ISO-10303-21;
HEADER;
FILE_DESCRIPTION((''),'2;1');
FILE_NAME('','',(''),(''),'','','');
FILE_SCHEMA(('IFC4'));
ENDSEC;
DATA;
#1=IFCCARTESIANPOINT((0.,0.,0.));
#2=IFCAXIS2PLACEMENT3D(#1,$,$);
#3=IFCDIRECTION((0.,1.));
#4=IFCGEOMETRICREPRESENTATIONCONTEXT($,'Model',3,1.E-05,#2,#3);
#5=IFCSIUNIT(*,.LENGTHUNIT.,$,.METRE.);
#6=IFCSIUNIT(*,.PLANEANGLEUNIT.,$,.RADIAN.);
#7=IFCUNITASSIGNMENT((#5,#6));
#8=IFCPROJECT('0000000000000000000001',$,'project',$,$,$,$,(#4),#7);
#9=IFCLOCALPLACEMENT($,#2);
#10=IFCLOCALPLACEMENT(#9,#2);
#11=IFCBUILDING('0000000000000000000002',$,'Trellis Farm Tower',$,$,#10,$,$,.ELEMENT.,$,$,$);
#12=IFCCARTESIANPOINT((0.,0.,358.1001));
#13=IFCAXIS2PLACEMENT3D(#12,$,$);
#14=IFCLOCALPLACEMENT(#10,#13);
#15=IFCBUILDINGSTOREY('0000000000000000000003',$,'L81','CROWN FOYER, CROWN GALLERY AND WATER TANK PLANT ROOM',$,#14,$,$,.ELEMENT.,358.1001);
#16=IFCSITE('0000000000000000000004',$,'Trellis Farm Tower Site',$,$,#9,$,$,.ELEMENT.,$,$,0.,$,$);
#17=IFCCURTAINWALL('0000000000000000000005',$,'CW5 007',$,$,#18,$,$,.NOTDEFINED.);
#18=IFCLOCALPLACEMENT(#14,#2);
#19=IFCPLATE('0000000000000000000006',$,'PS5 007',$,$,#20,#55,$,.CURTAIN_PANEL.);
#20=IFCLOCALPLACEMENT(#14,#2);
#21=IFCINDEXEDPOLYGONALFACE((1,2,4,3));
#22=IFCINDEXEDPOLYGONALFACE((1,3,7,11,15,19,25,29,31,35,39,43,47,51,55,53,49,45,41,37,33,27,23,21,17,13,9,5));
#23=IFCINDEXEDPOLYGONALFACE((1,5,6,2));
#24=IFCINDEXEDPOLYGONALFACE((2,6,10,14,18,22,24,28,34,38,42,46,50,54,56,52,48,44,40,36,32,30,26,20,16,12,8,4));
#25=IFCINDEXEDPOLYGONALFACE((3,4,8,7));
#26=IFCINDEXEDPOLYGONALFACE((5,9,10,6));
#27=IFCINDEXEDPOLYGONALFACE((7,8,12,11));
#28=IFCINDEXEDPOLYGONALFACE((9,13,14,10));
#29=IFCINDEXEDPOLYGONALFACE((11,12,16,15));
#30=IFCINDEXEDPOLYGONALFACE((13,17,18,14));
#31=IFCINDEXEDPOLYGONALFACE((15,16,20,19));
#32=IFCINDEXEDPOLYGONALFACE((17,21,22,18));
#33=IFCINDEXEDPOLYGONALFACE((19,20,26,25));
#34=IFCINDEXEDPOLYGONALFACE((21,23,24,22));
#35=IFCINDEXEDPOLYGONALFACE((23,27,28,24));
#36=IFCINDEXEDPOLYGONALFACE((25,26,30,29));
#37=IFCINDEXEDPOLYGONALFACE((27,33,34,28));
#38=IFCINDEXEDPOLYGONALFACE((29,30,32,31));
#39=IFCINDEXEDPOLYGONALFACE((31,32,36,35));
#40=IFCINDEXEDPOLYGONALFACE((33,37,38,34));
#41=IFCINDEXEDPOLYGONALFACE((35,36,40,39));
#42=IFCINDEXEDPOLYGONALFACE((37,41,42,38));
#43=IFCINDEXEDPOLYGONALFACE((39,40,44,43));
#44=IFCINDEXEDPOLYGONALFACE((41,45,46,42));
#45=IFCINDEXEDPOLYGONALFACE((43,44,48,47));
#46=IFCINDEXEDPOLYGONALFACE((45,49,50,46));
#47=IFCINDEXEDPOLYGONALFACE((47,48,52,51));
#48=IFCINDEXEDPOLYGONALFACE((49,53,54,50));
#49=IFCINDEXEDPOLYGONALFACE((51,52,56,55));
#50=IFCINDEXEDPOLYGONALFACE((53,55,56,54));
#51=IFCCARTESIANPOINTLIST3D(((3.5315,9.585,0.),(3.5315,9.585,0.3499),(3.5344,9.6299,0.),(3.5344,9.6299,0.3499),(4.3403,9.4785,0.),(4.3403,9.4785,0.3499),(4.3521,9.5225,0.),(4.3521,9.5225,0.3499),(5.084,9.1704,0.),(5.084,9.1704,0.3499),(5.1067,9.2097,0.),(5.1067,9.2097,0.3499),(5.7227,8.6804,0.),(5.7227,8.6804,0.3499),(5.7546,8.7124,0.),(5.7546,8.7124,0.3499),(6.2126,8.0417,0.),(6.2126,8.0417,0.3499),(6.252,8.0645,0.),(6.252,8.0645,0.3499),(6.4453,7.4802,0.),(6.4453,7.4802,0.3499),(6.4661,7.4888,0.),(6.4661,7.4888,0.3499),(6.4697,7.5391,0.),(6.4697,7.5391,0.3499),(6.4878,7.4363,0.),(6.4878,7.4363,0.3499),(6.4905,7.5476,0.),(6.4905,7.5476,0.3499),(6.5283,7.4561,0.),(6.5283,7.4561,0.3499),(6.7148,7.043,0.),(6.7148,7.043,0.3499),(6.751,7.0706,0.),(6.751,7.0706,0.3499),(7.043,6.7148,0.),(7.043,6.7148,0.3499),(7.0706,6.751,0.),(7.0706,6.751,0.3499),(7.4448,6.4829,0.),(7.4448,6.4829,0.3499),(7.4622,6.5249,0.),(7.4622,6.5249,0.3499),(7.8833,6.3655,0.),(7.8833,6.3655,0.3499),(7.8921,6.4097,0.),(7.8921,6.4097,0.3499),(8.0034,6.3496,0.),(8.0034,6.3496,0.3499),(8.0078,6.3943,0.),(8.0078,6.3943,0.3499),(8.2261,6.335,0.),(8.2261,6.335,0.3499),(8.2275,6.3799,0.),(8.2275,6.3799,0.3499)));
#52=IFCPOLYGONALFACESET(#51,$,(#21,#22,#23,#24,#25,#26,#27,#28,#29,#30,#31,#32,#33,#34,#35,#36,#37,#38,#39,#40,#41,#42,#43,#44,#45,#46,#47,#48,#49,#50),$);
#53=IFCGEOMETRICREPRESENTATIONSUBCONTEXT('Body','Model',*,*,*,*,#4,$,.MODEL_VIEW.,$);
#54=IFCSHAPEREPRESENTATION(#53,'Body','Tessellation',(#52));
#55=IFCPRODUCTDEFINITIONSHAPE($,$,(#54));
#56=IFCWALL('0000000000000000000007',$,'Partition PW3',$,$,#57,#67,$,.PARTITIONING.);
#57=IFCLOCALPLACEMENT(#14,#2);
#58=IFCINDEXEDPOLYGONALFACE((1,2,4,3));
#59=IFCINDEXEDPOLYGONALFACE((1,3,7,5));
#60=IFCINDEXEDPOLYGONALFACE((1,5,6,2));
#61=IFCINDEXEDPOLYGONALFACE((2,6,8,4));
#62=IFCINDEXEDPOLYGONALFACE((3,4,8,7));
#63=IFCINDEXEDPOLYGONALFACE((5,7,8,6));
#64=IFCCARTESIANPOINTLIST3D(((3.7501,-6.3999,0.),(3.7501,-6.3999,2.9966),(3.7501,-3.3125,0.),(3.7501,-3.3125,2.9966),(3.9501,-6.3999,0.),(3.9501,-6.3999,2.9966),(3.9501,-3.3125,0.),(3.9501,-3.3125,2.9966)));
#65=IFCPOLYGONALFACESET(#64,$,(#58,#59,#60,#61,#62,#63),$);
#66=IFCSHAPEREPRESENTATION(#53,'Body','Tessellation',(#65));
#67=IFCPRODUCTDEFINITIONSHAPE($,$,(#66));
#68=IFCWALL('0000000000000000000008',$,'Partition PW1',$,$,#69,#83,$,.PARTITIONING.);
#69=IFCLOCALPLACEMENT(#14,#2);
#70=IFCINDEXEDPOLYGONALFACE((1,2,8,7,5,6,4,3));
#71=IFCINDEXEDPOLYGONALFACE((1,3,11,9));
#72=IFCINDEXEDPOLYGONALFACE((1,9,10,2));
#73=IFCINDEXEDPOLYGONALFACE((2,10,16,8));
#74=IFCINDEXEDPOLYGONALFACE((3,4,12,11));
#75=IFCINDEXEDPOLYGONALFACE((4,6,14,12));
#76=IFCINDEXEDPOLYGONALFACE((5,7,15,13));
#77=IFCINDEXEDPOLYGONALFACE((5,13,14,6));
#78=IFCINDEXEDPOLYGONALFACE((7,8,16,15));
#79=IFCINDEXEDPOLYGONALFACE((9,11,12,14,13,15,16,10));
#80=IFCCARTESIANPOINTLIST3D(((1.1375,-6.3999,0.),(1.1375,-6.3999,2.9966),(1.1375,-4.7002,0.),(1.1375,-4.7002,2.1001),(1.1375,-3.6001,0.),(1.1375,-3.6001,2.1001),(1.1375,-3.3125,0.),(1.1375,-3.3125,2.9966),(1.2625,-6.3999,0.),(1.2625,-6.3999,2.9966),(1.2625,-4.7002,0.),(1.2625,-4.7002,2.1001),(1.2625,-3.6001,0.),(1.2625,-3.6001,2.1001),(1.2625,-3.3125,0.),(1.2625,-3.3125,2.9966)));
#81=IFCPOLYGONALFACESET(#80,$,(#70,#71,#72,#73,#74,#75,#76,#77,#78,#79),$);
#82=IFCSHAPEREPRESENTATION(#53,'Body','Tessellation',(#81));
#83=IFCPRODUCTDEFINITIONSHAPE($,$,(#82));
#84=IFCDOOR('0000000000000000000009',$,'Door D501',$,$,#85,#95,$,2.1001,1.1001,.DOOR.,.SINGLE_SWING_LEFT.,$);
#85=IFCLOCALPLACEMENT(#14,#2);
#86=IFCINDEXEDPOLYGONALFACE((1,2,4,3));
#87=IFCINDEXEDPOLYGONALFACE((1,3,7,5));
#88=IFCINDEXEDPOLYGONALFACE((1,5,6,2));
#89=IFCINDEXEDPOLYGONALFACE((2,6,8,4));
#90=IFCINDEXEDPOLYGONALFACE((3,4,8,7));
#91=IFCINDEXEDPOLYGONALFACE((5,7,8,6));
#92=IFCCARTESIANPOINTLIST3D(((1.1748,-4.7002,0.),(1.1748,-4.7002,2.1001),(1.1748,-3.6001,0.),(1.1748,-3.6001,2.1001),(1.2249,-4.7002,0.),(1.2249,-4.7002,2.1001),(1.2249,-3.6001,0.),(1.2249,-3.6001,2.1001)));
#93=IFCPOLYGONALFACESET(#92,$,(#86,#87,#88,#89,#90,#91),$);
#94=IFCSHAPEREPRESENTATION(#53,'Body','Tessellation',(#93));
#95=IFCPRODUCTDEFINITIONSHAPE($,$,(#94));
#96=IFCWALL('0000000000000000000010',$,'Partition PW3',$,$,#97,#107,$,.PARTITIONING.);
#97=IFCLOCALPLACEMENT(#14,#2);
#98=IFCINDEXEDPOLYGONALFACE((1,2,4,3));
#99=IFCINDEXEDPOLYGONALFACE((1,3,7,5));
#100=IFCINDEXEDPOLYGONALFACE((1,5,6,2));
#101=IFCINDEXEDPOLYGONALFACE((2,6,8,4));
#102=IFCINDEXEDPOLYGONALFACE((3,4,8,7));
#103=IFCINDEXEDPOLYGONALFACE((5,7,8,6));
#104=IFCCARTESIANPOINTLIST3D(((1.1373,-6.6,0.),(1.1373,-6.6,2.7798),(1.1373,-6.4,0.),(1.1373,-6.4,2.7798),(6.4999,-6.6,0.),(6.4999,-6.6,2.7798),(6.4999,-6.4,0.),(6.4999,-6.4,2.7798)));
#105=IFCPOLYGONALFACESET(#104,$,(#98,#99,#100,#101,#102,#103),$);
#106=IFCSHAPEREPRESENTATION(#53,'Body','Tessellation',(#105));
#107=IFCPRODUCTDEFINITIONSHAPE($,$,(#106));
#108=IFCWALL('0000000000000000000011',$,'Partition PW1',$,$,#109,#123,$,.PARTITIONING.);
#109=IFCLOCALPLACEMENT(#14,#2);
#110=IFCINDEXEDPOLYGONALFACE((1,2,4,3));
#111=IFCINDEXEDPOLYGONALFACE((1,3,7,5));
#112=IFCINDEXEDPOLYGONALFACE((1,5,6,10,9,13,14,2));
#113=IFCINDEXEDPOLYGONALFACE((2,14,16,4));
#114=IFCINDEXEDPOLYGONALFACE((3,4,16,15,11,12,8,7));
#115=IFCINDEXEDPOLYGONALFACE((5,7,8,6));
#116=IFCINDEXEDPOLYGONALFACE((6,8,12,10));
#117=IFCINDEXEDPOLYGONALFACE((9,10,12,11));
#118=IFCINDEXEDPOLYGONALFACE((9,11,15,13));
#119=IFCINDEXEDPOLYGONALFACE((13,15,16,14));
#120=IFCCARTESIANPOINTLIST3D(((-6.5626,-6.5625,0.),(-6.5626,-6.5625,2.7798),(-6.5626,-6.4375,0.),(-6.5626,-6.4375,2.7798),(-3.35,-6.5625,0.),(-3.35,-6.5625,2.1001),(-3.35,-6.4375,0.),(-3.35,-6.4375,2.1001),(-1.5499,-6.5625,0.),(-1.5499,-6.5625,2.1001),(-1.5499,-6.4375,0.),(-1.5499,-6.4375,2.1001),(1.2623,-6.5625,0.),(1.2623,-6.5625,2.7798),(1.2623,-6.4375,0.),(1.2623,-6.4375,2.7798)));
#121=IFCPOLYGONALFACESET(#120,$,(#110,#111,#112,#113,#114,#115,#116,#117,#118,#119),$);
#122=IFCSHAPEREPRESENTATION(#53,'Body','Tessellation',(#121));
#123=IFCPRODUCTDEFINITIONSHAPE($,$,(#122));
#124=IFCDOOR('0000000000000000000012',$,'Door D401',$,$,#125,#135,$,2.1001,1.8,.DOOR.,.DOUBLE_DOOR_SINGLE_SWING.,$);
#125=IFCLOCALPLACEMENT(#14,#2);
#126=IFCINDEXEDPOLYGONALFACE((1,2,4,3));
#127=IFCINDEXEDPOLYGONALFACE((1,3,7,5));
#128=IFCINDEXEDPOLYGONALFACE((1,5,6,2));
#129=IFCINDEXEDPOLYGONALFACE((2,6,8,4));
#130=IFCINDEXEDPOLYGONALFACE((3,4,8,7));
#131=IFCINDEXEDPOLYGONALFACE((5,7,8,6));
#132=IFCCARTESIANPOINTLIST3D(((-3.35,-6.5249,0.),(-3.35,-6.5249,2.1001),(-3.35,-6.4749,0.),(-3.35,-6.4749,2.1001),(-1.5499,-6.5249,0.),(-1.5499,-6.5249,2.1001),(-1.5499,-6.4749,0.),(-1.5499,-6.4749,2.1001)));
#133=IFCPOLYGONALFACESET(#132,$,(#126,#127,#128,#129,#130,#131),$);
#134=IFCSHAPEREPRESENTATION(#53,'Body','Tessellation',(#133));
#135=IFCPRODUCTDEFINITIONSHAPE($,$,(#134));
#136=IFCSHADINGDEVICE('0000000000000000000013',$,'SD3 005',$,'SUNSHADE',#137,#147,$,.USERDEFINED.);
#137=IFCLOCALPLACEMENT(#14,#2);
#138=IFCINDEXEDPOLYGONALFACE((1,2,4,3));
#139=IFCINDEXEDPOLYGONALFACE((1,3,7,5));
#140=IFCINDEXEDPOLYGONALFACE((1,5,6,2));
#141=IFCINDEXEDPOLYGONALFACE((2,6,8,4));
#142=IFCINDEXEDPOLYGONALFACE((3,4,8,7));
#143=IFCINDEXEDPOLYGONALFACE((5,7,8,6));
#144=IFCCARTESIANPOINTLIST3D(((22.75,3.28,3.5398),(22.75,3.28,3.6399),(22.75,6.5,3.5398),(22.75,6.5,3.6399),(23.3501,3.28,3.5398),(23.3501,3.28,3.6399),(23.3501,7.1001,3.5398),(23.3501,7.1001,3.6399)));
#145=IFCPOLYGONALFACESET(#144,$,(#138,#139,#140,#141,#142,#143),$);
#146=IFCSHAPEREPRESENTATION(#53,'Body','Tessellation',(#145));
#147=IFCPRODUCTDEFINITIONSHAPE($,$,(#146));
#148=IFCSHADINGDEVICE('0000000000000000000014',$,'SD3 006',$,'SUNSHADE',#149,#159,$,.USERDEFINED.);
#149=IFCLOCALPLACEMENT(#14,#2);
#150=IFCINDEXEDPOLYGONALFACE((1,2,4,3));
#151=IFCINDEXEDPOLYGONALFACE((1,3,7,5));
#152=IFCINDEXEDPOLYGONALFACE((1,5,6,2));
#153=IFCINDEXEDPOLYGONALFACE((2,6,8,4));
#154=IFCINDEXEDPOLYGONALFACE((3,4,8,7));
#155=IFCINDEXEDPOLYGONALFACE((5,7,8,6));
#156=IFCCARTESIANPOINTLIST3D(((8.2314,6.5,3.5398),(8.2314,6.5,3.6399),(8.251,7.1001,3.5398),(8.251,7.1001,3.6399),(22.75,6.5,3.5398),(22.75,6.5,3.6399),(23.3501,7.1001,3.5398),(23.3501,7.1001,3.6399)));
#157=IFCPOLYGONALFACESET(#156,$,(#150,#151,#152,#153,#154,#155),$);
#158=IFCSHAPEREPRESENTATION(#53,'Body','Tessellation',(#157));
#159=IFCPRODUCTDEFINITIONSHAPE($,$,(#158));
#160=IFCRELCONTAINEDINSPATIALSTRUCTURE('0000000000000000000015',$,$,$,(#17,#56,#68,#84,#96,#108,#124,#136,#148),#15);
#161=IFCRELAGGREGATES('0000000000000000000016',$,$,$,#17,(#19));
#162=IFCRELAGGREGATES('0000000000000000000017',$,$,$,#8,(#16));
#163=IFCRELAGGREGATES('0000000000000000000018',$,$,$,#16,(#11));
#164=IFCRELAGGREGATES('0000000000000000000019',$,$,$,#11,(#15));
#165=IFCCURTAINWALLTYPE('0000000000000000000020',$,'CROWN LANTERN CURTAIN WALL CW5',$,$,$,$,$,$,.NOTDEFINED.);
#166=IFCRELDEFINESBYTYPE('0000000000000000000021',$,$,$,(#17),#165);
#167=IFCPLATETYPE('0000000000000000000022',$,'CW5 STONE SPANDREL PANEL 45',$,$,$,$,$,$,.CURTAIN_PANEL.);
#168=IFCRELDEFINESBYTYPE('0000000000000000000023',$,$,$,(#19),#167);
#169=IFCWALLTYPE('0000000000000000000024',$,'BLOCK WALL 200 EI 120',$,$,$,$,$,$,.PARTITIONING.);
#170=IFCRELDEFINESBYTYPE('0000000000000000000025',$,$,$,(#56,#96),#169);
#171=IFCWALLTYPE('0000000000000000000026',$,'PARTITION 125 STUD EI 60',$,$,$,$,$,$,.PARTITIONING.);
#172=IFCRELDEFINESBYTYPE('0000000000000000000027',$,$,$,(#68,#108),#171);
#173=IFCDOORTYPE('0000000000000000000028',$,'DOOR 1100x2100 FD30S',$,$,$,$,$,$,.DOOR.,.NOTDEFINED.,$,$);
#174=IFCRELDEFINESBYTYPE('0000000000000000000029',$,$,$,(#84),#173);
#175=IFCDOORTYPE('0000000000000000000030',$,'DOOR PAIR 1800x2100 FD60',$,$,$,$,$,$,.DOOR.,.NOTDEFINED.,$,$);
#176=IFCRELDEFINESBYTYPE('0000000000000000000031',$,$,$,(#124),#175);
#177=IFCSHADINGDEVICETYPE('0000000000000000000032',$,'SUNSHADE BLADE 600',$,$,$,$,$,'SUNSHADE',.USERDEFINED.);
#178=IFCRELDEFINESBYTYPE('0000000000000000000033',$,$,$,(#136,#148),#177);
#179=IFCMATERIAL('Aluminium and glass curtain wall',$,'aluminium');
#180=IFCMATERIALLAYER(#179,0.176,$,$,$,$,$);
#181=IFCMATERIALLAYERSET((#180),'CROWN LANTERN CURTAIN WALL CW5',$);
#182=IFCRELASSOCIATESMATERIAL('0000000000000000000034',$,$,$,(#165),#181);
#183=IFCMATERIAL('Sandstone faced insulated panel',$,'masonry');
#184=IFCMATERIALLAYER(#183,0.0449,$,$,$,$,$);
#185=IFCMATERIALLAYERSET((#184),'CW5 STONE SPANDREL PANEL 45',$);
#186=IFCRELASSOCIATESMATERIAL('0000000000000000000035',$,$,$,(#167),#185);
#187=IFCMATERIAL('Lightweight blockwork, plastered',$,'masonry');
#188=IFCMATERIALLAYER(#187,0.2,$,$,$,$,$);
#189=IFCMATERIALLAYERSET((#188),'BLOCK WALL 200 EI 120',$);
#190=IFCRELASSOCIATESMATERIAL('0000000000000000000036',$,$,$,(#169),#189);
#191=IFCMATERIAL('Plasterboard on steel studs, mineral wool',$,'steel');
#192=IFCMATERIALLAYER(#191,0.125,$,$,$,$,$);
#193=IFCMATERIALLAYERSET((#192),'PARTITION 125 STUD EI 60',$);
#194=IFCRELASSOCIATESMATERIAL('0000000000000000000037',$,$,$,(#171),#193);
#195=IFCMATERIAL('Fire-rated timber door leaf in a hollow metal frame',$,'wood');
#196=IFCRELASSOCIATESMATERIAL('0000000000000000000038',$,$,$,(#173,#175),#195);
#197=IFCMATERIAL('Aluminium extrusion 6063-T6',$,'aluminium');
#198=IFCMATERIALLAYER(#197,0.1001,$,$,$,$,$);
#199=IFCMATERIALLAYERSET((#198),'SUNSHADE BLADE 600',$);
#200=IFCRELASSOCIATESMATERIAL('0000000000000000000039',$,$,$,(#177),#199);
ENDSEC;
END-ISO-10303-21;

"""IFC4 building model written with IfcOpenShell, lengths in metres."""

from ifc_helpers import new_model, si_unit, direction, frame, frame_2d, origin, place, context, subcontext, project, spatial, polyline, rectangle, outline, extrude, source, transform, mapped, material, layer, layer_set, type_object, element, fill, aggregate, save


model = new_model("IFC4")

# Units and contexts
model_context = context("Model", 3, precision=1e-05, world=origin(), true_north=direction((0.0, 1.0)))
body_context = subcontext(model_context, "Body", "Model", "MODEL_VIEW")
ifc_project = project(units=[si_unit("LENGTHUNIT", "METRE"), si_unit("PLANEANGLEUNIT", "RADIAN")], contexts=[model_context])

# Site, building, storey
site_placement = place(None, origin())
site = spatial("IfcSite", under=ifc_project, at=site_placement, Name="Trellis Farm Tower Site", CompositionType="ELEMENT", RefElevation=0.0)
building_placement = place(site_placement, origin())
building = spatial("IfcBuilding", under=site, at=building_placement, Name="Trellis Farm Tower", CompositionType="ELEMENT")
storey_placement = place(building_placement, frame((0.0, 0.0, 358.1001)))
storey = spatial("IfcBuildingStorey", under=building, at=storey_placement, Name="L81", Description="CROWN FOYER, CROWN GALLERY AND WATER TANK PLANT ROOM", CompositionType="ELEMENT", Elevation=358.1001)

# Shared definitions
ifc_material_1 = material(Name="Aluminium and glass curtain wall", Category="aluminium")
ifc_layer_1 = layer(ifc_material_1, 0.176)
ifc_layer_set_1 = layer_set([ifc_layer_1], Name="CROWN LANTERN CURTAIN WALL CW5")
curtain_wall_type = type_object("IfcCurtainWallType", Name="CROWN LANTERN CURTAIN WALL CW5", PredefinedType="NOTDEFINED", material=ifc_layer_set_1)
placement_1 = place(storey_placement, origin())
ifc_material_2 = material(Name="Aluminium extrusion 6063-T6", Category="aluminium")

# Curtain wall
curtain_wall_1 = element("IfcCurtainWall", 1, at=placement_1, inside=storey, type_object=curtain_wall_type, Name="CW5 007", PredefinedType="NOTDEFINED")

# Plate
ifc_material_3 = material(Name="Sandstone faced insulated panel", Category="masonry")
ifc_layer_2 = layer(ifc_material_3, 0.0449)
ifc_layer_set_2 = layer_set([ifc_layer_2], Name="CW5 STONE SPANDREL PANEL 45")
plate_type_1 = type_object("IfcPlateType", Name="CW5 STONE SPANDREL PANEL 45", PredefinedType="CURTAIN_PANEL", material=ifc_layer_set_2)
shared_shape_1 = source(origin(), body_context, "Body", "SweptSolid", [
    extrude(outline(polyline([(8.2275, 6.3799), (8.0078, 6.3943), (7.8921, 6.4097), (7.4622, 6.5249), (7.0706, 6.751), (6.751, 7.0706), (6.5283, 7.4561), (6.4905, 7.5476), (6.4697, 7.5391), (6.252, 8.0645), (5.7546, 8.7124), (5.1067, 9.2097), (4.3521, 9.5225), (3.5344, 9.6299), (3.5315, 9.585), (4.3403, 9.4785), (5.084, 9.1704), (5.7227, 8.6804), (6.2126, 8.0417), (6.4453, 7.4802), (6.4661, 7.4888), (6.4878, 7.4363), (6.7148, 7.043), (7.043, 6.7148), (7.4448, 6.4829), (7.8833, 6.3655), (8.0034, 6.3496), (8.2261, 6.335), (8.2275, 6.3799)])), origin(), (0.0, 0.0, 1.0), 0.3499),
])
plate_1 = element("IfcPlate", 2, at=placement_1, type_object=plate_type_1, Name="PS5 007", PredefinedType="CURTAIN_PANEL", context=body_context, shape_type="MappedRepresentation", body=[
    mapped(shared_shape_1, transform((0.0, 0.0, 0.0))),
])
aggregate(curtain_wall_1, [plate_1])

# Wall
ifc_material_4 = material(Name="Lightweight blockwork, plastered", Category="masonry")
ifc_layer_3 = layer(ifc_material_4, 0.2)
ifc_layer_set_3 = layer_set([ifc_layer_3], Name="BLOCK WALL 200 EI 120")
wall_type_1 = type_object("IfcWallType", Name="BLOCK WALL 200 EI 120", PredefinedType="PARTITIONING", material=ifc_layer_set_3)
shared_shape_2 = source(origin(), body_context, "Body", "SweptSolid", [
    extrude(rectangle(XDim=3.0874, YDim=0.2, at=frame_2d((1.5437, 0.0))), origin(), (0.0, 0.0, 1.0), 2.9966),
])
wall_1_placement = place(storey_placement, frame((3.8501, -6.3999, 0.0), z_axis=(0.0, 0.0, 1.0), x_axis=(0.0, 1.0, 0.0)))
element("IfcWall", 3, at=wall_1_placement, inside=storey, type_object=wall_type_1, Name="Partition PW3", PredefinedType="PARTITIONING", context=body_context, shape_type="MappedRepresentation", body=[
    mapped(shared_shape_2, transform((0.0, 0.0, 0.0))),
])

# Wall, opening, door
ifc_material_5 = material(Name="Plasterboard on steel studs, mineral wool", Category="steel")
ifc_layer_4 = layer(ifc_material_5, 0.125)
ifc_layer_set_4 = layer_set([ifc_layer_4], Name="PARTITION 125 STUD EI 60")
wall_type_2 = type_object("IfcWallType", Name="PARTITION 125 STUD EI 60", PredefinedType="PARTITIONING", material=ifc_layer_set_4)
shared_shape_3 = source(origin(), body_context, "Body", "SweptSolid", [
    extrude(rectangle(XDim=3.0874, YDim=0.125, at=frame_2d((1.5437, 0.0))), origin(), (0.0, 0.0, 1.0), 2.9966),
])
wall_2_placement = place(storey_placement, frame((1.2, -3.3125, 0.0), z_axis=(0.0, 0.0, 1.0), x_axis=(0.0, -1.0, 0.0)))
wall_2 = element("IfcWall", 4, at=wall_2_placement, inside=storey, type_object=wall_type_2, Name="Partition PW1", PredefinedType="PARTITIONING", context=body_context, shape_type="MappedRepresentation", body=[
    mapped(shared_shape_3, transform((0.0, 0.0, 0.0))),
])
shared_shape_4 = source(origin(), body_context, "Body", "SweptSolid", [
    extrude(rectangle(XDim=1.1001, YDim=2.1001, at=frame_2d((0.55, 1.05))), frame((0.0, 0.0725, 0.0), z_axis=(0.0, -1.0, 0.0), x_axis=(1.0, 0.0, 0.0)), (0.0, 0.0, 1.0), 0.145),
])
opening_1_placement = place(wall_2_placement, frame((0.2876, 0.0, 0.0)))
opening_1 = element("IfcOpeningElement", 5, at=opening_1_placement, cuts=wall_2, PredefinedType="OPENING", context=body_context, shape_type="MappedRepresentation", body=[
    mapped(shared_shape_4, transform((0.0, 0.0, 0.0))),
])
ifc_material_6 = material(Name="Fire-rated timber door leaf in a hollow metal frame", Category="wood")
door_type_1 = type_object("IfcDoorType", Name="DOOR 1100x2100 FD30S", OperationType="NOTDEFINED", PredefinedType="DOOR", material=ifc_material_6)
shared_shape_5 = source(origin(), body_context, "Body", "SweptSolid", [
    extrude(rectangle(XDim=1.1001, YDim=2.1001, at=frame_2d((0.55, 1.05))), frame((0.0, 0.0249, 0.0), z_axis=(0.0, -1.0, 0.0), x_axis=(1.0, 0.0, 0.0)), (0.0, 0.0, 1.0), 0.05),
])
door_1_placement = place(opening_1_placement, origin())
door_1 = element("IfcDoor", 6, at=door_1_placement, inside=storey, type_object=door_type_1, Name="Door D501", OperationType="SINGLE_SWING_LEFT", OverallHeight=2.1001, OverallWidth=1.1001, PredefinedType="DOOR", context=body_context, shape_type="MappedRepresentation", body=[
    mapped(shared_shape_5, transform((0.0, 0.0, 0.0))),
])
fill(opening_1, door_1)

# Wall
shared_shape_6 = source(origin(), body_context, "Body", "SweptSolid", [
    extrude(rectangle(XDim=5.3625, YDim=0.2, at=frame_2d((2.6812, 0.0))), origin(), (0.0, 0.0, 1.0), 2.7798),
])
wall_3_placement = place(storey_placement, frame((1.1375, -6.5, 0.0), z_axis=(0.0, 0.0, 1.0), x_axis=(1.0, 0.0, 0.0)))
element("IfcWall", 7, at=wall_3_placement, inside=storey, type_object=wall_type_1, Name="Partition PW3", PredefinedType="PARTITIONING", context=body_context, shape_type="MappedRepresentation", body=[
    mapped(shared_shape_6, transform((0.0, 0.0, 0.0))),
])

# Wall, opening, door
shared_shape_7 = source(origin(), body_context, "Body", "SweptSolid", [
    extrude(rectangle(XDim=7.825, YDim=0.125, at=frame_2d((3.9126, 0.0))), origin(), (0.0, 0.0, 1.0), 2.7798),
])
wall_4_placement = place(storey_placement, frame((1.2625, -6.5, 0.0), z_axis=(0.0, 0.0, 1.0), x_axis=(-1.0, 0.0, 0.0)))
wall_4 = element("IfcWall", 8, at=wall_4_placement, inside=storey, type_object=wall_type_2, Name="Partition PW1", PredefinedType="PARTITIONING", context=body_context, shape_type="MappedRepresentation", body=[
    mapped(shared_shape_7, transform((0.0, 0.0, 0.0))),
])
shared_shape_8 = source(origin(), body_context, "Body", "SweptSolid", [
    extrude(rectangle(XDim=1.8, YDim=2.1001, at=frame_2d((0.8999, 1.05))), frame((0.0, 0.0725, 0.0), z_axis=(0.0, -1.0, 0.0), x_axis=(1.0, 0.0, 0.0)), (0.0, 0.0, 1.0), 0.145),
])
opening_2_placement = place(wall_4_placement, frame((2.8125, 0.0, 0.0)))
opening_2 = element("IfcOpeningElement", 9, at=opening_2_placement, cuts=wall_4, PredefinedType="OPENING", context=body_context, shape_type="MappedRepresentation", body=[
    mapped(shared_shape_8, transform((0.0, 0.0, 0.0))),
])
door_type_2 = type_object("IfcDoorType", Name="DOOR PAIR 1800x2100 FD60", OperationType="NOTDEFINED", PredefinedType="DOOR", material=ifc_material_6)
shared_shape_9 = source(origin(), body_context, "Body", "SweptSolid", [
    extrude(rectangle(XDim=1.8, YDim=2.1001, at=frame_2d((0.8999, 1.05))), frame((0.0, 0.0249, 0.0), z_axis=(0.0, -1.0, 0.0), x_axis=(1.0, 0.0, 0.0)), (0.0, 0.0, 1.0), 0.05),
])
door_2_placement = place(opening_2_placement, origin())
door_2 = element("IfcDoor", 10, at=door_2_placement, inside=storey, type_object=door_type_2, Name="Door D401", OperationType="DOUBLE_DOOR_SINGLE_SWING", OverallHeight=2.1001, OverallWidth=1.8, PredefinedType="DOOR", context=body_context, shape_type="MappedRepresentation", body=[
    mapped(shared_shape_9, transform((0.0, 0.0, 0.0))),
])
fill(opening_2, door_2)

# Shading devices
ifc_layer_5 = layer(ifc_material_2, 0.1001)
ifc_layer_set_5 = layer_set([ifc_layer_5], Name="SUNSHADE BLADE 600")
shading_device_type = type_object("IfcShadingDeviceType", Name="SUNSHADE BLADE 600", ElementType="SUNSHADE", PredefinedType="USERDEFINED", material=ifc_layer_set_5)
shared_shape_10 = source(origin(), body_context, "Body", "SweptSolid", [
    extrude(outline(polyline([(23.3501, 3.28), (23.3501, 7.1001), (22.75, 6.5), (22.75, 3.28), (23.3501, 3.28)])), origin(), (0.0, 0.0, 1.0), 0.1001),
])
placement_2 = place(storey_placement, frame((0.0, 0.0, 3.5398)))
element("IfcShadingDevice", 11, at=placement_2, inside=storey, type_object=shading_device_type, Name="SD3 005", ObjectType="SUNSHADE", PredefinedType="USERDEFINED", context=body_context, shape_type="MappedRepresentation", body=[
    mapped(shared_shape_10, transform((0.0, 0.0, 0.0))),
])
shared_shape_11 = source(origin(), body_context, "Body", "SweptSolid", [
    extrude(outline(polyline([(23.3501, 7.1001), (8.251, 7.1001), (8.2314, 6.5), (22.75, 6.5), (23.3501, 7.1001)])), origin(), (0.0, 0.0, 1.0), 0.1001),
])
element("IfcShadingDevice", 12, at=placement_2, inside=storey, type_object=shading_device_type, Name="SD3 006", ObjectType="SUNSHADE", PredefinedType="USERDEFINED", context=body_context, shape_type="MappedRepresentation", body=[
    mapped(shared_shape_11, transform((0.0, 0.0, 0.0))),
])

save(model, "model.ifc")
